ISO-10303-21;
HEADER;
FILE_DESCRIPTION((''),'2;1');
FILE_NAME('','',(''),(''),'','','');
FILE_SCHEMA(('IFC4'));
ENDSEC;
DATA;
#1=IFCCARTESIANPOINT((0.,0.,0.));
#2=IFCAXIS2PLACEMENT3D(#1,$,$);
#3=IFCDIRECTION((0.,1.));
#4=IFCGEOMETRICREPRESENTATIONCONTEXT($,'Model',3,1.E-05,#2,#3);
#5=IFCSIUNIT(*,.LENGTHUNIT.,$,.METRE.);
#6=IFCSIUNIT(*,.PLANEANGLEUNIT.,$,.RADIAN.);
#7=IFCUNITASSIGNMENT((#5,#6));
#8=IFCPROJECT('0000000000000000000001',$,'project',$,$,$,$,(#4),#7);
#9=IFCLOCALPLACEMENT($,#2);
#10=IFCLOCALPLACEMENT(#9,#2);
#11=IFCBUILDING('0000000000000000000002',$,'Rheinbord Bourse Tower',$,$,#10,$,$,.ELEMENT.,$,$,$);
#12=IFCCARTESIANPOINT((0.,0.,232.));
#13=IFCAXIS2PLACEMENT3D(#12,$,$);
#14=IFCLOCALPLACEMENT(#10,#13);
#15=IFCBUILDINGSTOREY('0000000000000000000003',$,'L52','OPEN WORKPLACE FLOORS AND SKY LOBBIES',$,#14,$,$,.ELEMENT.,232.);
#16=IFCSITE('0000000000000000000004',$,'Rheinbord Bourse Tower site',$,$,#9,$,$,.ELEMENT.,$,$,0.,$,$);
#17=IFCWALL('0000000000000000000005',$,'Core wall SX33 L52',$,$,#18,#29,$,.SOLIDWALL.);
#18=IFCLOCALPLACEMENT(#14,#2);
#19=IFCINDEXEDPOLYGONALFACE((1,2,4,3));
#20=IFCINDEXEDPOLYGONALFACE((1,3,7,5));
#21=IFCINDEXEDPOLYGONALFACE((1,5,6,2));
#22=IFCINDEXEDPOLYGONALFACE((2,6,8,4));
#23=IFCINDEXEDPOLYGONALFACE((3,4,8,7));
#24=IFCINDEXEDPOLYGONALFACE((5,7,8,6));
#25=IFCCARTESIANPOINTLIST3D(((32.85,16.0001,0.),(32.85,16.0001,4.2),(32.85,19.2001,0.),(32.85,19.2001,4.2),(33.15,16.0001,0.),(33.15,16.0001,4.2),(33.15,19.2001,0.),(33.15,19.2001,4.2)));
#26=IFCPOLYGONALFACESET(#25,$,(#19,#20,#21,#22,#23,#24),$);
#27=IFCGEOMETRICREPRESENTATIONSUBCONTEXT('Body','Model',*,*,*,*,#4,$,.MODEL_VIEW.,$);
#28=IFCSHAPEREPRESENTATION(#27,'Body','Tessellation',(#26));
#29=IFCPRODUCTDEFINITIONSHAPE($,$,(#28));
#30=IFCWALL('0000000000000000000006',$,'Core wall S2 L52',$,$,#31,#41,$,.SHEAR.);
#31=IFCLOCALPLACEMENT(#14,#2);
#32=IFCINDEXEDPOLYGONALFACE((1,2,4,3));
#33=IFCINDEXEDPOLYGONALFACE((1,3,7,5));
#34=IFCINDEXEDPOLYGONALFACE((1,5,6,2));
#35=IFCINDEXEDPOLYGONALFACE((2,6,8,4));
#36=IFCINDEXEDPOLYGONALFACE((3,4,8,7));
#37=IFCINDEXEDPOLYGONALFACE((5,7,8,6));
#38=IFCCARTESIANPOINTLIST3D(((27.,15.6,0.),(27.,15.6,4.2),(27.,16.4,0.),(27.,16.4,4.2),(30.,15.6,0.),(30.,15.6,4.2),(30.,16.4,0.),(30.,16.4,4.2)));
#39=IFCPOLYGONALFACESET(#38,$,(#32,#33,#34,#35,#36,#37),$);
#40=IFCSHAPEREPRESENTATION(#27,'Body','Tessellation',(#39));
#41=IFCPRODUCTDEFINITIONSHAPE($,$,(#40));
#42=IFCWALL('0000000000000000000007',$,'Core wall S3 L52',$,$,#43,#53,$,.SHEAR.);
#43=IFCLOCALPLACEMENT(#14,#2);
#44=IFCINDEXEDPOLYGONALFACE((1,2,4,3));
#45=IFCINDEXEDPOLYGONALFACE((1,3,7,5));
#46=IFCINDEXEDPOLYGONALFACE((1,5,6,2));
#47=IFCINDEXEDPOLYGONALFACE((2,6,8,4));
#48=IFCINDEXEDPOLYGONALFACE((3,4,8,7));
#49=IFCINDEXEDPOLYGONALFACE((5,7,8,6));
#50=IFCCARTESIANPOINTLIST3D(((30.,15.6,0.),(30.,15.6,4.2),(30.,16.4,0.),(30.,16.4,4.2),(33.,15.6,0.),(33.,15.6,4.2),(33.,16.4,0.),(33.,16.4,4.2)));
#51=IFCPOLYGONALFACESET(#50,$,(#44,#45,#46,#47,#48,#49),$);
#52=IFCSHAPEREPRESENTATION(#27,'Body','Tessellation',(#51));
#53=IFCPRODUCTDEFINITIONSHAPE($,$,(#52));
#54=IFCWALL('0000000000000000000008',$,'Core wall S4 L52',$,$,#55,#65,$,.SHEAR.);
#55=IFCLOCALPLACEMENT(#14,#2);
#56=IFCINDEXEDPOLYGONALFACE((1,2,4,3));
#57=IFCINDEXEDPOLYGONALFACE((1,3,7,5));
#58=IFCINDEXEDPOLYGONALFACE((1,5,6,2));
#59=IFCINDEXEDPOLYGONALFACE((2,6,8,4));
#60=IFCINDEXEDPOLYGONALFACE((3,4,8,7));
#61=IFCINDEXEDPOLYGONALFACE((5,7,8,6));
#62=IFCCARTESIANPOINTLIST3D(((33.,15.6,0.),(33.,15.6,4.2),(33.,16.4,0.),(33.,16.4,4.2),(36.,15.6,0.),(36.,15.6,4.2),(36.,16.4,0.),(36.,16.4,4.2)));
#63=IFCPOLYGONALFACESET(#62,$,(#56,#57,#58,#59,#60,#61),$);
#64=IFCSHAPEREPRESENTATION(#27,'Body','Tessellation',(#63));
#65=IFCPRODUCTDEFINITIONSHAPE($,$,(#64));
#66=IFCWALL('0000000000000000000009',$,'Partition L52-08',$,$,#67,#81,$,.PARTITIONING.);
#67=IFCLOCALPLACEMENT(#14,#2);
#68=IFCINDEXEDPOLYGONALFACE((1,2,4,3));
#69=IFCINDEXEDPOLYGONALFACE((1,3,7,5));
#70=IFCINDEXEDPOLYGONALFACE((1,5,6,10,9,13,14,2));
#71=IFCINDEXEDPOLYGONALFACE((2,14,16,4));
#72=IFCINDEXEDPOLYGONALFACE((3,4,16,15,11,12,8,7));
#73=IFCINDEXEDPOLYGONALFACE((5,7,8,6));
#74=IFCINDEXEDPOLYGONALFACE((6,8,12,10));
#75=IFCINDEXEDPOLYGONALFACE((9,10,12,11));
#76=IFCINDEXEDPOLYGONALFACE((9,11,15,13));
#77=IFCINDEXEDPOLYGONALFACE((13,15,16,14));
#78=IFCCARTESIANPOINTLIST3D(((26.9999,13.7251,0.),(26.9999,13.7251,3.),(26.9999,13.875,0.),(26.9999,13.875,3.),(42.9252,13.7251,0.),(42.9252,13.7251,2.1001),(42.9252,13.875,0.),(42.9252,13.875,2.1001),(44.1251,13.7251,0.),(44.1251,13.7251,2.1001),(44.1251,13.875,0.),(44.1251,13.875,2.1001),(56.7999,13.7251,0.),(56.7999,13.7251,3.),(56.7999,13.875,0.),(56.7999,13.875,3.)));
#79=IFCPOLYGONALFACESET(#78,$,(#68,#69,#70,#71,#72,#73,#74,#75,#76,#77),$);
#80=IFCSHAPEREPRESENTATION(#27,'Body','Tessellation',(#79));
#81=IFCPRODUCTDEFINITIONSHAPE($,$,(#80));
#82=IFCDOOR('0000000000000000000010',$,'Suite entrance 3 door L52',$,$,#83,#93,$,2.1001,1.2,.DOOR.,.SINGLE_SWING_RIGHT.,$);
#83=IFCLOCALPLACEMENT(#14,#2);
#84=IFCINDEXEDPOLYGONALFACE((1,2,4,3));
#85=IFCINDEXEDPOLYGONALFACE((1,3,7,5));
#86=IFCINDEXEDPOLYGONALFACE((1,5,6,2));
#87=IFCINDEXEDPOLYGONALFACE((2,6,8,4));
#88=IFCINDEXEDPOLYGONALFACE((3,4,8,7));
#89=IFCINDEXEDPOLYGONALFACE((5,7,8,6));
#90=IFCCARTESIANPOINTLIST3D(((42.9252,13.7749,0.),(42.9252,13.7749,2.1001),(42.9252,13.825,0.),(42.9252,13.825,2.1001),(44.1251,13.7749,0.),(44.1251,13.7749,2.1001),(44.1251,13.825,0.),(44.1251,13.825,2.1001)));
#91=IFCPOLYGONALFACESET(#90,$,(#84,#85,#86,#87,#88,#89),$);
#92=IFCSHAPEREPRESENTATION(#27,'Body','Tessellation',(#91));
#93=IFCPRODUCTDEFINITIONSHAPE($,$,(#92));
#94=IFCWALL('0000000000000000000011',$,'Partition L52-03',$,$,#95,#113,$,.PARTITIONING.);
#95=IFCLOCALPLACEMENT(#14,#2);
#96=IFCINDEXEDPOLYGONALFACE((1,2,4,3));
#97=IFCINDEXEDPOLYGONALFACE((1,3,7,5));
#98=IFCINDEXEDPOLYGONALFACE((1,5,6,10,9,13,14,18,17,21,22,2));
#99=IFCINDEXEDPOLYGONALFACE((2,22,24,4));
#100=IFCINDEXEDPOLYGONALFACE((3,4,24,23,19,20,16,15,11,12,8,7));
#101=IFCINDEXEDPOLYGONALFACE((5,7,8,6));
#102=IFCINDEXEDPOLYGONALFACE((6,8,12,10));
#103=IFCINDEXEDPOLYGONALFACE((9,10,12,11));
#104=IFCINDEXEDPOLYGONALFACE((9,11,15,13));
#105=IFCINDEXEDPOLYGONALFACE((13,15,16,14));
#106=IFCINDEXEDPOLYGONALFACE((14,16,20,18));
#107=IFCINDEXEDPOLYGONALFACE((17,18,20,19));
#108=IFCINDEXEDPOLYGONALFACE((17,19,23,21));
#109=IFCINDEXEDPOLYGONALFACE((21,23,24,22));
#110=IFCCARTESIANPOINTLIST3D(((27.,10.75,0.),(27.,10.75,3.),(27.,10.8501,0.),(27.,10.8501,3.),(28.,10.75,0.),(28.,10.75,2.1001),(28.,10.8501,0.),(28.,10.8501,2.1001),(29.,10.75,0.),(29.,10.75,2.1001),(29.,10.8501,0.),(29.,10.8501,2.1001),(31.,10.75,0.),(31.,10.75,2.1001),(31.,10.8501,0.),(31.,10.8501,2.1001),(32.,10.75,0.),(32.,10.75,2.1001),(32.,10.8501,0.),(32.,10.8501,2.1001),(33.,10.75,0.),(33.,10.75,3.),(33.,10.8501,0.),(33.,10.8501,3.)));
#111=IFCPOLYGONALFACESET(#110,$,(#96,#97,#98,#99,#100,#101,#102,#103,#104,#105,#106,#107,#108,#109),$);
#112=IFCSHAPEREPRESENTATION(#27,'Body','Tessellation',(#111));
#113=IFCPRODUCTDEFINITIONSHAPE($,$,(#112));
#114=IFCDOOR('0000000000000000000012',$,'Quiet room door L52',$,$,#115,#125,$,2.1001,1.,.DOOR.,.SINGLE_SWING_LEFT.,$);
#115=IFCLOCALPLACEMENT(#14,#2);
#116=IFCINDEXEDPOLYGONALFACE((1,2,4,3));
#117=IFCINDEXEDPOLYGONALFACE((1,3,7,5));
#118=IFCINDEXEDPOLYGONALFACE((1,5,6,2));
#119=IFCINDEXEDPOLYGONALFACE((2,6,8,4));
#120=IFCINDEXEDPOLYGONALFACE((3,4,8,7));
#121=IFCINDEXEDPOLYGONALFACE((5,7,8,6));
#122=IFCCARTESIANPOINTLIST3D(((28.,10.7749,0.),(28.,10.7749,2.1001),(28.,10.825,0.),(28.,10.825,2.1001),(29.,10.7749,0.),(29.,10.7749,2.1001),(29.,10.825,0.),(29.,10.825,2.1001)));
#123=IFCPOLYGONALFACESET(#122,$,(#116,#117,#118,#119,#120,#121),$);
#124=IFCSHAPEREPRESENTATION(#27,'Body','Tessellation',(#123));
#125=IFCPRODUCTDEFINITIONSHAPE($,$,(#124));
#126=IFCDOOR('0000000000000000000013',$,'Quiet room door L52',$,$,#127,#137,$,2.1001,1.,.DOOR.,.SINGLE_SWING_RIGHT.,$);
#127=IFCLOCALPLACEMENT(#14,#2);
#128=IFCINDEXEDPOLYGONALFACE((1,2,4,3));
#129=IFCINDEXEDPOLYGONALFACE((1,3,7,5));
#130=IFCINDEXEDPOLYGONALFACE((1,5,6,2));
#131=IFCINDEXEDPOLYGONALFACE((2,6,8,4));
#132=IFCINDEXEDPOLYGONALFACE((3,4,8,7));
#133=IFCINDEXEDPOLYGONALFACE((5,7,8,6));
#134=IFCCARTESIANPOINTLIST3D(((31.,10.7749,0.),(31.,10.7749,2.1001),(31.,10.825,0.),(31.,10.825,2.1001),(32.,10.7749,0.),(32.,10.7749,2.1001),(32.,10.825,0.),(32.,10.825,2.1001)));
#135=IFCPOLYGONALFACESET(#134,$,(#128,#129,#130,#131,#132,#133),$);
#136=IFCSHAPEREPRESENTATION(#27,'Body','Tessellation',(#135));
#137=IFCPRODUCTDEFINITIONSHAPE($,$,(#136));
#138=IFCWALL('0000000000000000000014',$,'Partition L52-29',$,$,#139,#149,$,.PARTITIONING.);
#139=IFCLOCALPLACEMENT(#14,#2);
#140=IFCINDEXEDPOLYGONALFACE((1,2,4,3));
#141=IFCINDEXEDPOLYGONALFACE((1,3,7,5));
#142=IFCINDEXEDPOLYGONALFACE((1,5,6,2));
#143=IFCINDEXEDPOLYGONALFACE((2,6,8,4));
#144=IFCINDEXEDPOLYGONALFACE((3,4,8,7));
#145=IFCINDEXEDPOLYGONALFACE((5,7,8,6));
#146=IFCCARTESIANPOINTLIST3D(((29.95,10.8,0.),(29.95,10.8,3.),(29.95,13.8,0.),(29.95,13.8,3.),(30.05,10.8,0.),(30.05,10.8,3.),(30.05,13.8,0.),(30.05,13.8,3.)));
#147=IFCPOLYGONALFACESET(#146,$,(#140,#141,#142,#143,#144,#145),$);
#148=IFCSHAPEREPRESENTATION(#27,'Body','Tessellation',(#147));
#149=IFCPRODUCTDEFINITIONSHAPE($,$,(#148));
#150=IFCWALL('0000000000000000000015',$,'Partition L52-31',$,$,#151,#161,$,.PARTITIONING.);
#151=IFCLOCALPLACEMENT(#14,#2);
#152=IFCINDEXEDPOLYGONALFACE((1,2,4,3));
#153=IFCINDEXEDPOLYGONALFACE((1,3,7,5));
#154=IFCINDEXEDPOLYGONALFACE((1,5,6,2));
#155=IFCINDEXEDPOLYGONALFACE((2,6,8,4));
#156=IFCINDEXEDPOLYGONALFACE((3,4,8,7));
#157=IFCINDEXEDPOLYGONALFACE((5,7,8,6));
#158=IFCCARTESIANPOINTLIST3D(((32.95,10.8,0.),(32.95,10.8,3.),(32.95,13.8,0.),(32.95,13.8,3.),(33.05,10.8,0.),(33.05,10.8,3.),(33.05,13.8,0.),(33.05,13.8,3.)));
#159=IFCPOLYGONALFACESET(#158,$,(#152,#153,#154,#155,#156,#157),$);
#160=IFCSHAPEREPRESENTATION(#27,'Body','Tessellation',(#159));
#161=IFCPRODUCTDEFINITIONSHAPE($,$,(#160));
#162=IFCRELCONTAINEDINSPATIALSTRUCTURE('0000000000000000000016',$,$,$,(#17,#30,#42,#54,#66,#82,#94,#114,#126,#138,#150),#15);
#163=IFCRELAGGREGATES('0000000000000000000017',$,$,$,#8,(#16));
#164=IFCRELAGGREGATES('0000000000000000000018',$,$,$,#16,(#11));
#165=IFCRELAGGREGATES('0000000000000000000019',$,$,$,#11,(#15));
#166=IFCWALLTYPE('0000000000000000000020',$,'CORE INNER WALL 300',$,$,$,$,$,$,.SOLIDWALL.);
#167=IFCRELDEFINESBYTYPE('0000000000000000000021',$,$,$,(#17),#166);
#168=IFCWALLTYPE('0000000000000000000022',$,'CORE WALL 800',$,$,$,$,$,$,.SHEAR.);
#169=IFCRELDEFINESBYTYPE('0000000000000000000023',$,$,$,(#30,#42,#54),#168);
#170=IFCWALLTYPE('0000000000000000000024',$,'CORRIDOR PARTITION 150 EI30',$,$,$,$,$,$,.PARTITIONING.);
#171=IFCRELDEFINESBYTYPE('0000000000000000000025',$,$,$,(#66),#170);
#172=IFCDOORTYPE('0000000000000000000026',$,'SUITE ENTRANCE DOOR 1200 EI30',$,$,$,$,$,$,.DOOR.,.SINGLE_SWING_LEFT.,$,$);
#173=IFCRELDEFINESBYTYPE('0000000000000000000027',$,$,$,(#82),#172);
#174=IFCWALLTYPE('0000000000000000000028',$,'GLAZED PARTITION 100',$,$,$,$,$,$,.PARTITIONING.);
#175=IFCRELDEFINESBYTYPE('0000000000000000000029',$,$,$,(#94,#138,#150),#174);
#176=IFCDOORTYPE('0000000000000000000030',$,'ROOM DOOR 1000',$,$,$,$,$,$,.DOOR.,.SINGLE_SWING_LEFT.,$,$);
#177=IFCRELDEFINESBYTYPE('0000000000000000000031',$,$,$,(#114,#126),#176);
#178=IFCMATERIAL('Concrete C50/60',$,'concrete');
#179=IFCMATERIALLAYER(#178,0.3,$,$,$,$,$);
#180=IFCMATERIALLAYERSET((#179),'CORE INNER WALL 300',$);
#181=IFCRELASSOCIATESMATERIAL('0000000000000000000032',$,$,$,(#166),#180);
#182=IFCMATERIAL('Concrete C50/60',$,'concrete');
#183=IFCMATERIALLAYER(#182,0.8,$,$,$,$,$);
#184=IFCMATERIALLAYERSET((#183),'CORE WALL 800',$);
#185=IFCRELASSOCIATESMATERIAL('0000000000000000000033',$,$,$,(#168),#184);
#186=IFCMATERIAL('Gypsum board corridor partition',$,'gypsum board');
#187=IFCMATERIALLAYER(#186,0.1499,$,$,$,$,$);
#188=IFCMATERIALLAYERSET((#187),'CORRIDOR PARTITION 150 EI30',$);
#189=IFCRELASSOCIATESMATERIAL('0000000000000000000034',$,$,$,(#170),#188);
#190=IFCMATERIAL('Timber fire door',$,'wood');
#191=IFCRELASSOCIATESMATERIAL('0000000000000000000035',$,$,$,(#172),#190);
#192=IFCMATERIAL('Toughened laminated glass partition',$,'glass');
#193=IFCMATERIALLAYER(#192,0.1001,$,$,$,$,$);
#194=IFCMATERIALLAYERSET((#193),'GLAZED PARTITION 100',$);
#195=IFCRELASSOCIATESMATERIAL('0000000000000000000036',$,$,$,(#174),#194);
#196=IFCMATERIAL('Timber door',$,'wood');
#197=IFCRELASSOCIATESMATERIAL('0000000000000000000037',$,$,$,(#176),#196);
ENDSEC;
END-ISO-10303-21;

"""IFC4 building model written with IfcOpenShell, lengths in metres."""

from ifc_helpers import new_model, si_unit, direction, frame, frame_2d, origin, place, context, subcontext, project, spatial, rectangle, extrude, material, layer, layer_set, type_object, element, fill, save


model = new_model("IFC4")

# Units and contexts
model_context = context("Model", 3, precision=1e-05, world=origin(), true_north=direction((0.0, 1.0)))
body_context = subcontext(model_context, "Body", "Model", "MODEL_VIEW")
ifc_project = project(units=[si_unit("LENGTHUNIT", "METRE"), si_unit("PLANEANGLEUNIT", "RADIAN")], contexts=[model_context])

# Site, building, storey
site_placement = place(None, origin())
site = spatial("IfcSite", under=ifc_project, at=site_placement, Name="Rheinbord Bourse Tower site", CompositionType="ELEMENT", RefElevation=0.0)
building_placement = place(site_placement, origin())
building = spatial("IfcBuilding", under=site, at=building_placement, Name="Rheinbord Bourse Tower", CompositionType="ELEMENT")
storey_placement = place(building_placement, frame((0.0, 0.0, 232.0)))
storey = spatial("IfcBuildingStorey", under=building, at=storey_placement, Name="L52", Description="OPEN WORKPLACE FLOORS AND SKY LOBBIES", CompositionType="ELEMENT", Elevation=232.0)

# Shared definitions
ifc_material_1 = material(Name="Concrete C50/60", Category="concrete")
ifc_layer_1 = layer(ifc_material_1, 0.3)
ifc_layer_set_1 = layer_set([ifc_layer_1], Name="CORE INNER WALL 300")
wall_type_1 = type_object("IfcWallType", Name="CORE INNER WALL 300", PredefinedType="SOLIDWALL", material=ifc_layer_set_1)

# Walls
for number, where, z_axis, x_axis, name in (
    (1, (33.0, 16.0, 0.0), (0.0, 0.0, 1.0), (0.0, 1.0, 0.0), "Core wall SX33 L52"),
):
    element("IfcWall", number, at=place(storey_placement, frame(where, z_axis=z_axis, x_axis=x_axis)), inside=storey, type_object=wall_type_1, Name=name, PredefinedType="SOLIDWALL", context=body_context, shape_type="SweptSolid", body=[
        extrude(rectangle(XDim=3.2, YDim=0.3, at=frame_2d((1.6001, 0.0))), origin(), (0.0, 0.0, 1.0), 4.2),
    ])
ifc_material_2 = material(Name="Concrete C50/60", Category="concrete")
ifc_layer_2 = layer(ifc_material_2, 0.8)
ifc_layer_set_2 = layer_set([ifc_layer_2], Name="CORE WALL 800")
wall_type_2 = type_object("IfcWallType", Name="CORE WALL 800", PredefinedType="SHEAR", material=ifc_layer_set_2)
for number, where, z_axis, x_axis, name in (
    (2, (27.0, 16.0, 0.0), (0.0, 0.0, 1.0), (1.0, 0.0, 0.0), "Core wall S2 L52"),
    (3, (30.0, 16.0, 0.0), (0.0, 0.0, 1.0), (1.0, 0.0, 0.0), "Core wall S3 L52"),
    (4, (33.0, 16.0, 0.0), (0.0, 0.0, 1.0), (1.0, 0.0, 0.0), "Core wall S4 L52"),
):
    element("IfcWall", number, at=place(storey_placement, frame(where, z_axis=z_axis, x_axis=x_axis)), inside=storey, type_object=wall_type_2, Name=name, PredefinedType="SHEAR", context=body_context, shape_type="SweptSolid", body=[
        extrude(rectangle(XDim=3.0, YDim=0.8, at=frame_2d((1.5, 0.0))), origin(), (0.0, 0.0, 1.0), 4.2),
    ])

# Wall, opening, door
ifc_material_3 = material(Name="Gypsum board corridor partition", Category="gypsum board")
ifc_layer_3 = layer(ifc_material_3, 0.1499)
ifc_layer_set_3 = layer_set([ifc_layer_3], Name="CORRIDOR PARTITION 150 EI30")
wall_type_3 = type_object("IfcWallType", Name="CORRIDOR PARTITION 150 EI30", PredefinedType="PARTITIONING", material=ifc_layer_set_3)
wall_1_placement = place(storey_placement, frame((27.0, 13.8, 0.0), z_axis=(0.0, 0.0, 1.0), x_axis=(1.0, 0.0, 0.0)))
wall_1 = element("IfcWall", 5, at=wall_1_placement, inside=storey, type_object=wall_type_3, Name="Partition L52-08", PredefinedType="PARTITIONING", context=body_context, shape_type="SweptSolid", body=[
    extrude(rectangle(XDim=29.8, YDim=0.1499, at=frame_2d((14.8999, 0.0))), origin(), (0.0, 0.0, 1.0), 3.0),
])
opening_1_placement = place(wall_1_placement, frame((15.925, 0.0, 0.0)))
opening_1 = element("IfcOpeningElement", 6, at=opening_1_placement, cuts=wall_1, PredefinedType="OPENING", context=body_context, shape_type="SweptSolid", body=[
    extrude(rectangle(XDim=1.2, YDim=2.1001, at=frame_2d((0.6001, 1.05))), frame((0.0, 0.085, 0.0), z_axis=(0.0, -1.0, 0.0), x_axis=(1.0, 0.0, 0.0)), (0.0, 0.0, 1.0), 0.1699),
])
ifc_material_4 = material(Name="Timber fire door", Category="wood")
door_type_1 = type_object("IfcDoorType", Name="SUITE ENTRANCE DOOR 1200 EI30", OperationType="SINGLE_SWING_LEFT", PredefinedType="DOOR", material=ifc_material_4)
door_1_placement = place(opening_1_placement, origin())
door_1 = element("IfcDoor", 7, at=door_1_placement, inside=storey, type_object=door_type_1, Name="Suite entrance 3 door L52", OperationType="SINGLE_SWING_RIGHT", OverallHeight=2.1001, OverallWidth=1.2, PredefinedType="DOOR", context=body_context, shape_type="SweptSolid", body=[
    extrude(rectangle(XDim=1.2, YDim=2.1001, at=frame_2d((0.6001, 1.05))), frame((0.0, 0.0249, 0.0), z_axis=(0.0, -1.0, 0.0), x_axis=(1.0, 0.0, 0.0)), (0.0, 0.0, 1.0), 0.05),
])
fill(opening_1, door_1)

# Wall, openings, doors
ifc_material_5 = material(Name="Toughened laminated glass partition", Category="glass")
ifc_layer_4 = layer(ifc_material_5, 0.1001)
ifc_layer_set_4 = layer_set([ifc_layer_4], Name="GLAZED PARTITION 100")
wall_type_4 = type_object("IfcWallType", Name="GLAZED PARTITION 100", PredefinedType="PARTITIONING", material=ifc_layer_set_4)
wall_2_placement = place(storey_placement, frame((27.0, 10.8, 0.0), z_axis=(0.0, 0.0, 1.0), x_axis=(1.0, 0.0, 0.0)))
wall_2 = element("IfcWall", 8, at=wall_2_placement, inside=storey, type_object=wall_type_4, Name="Partition L52-03", PredefinedType="PARTITIONING", context=body_context, shape_type="SweptSolid", body=[
    extrude(rectangle(XDim=6.0, YDim=0.1001, at=frame_2d((3.0, 0.0))), origin(), (0.0, 0.0, 1.0), 3.0),
])
opening_2_placement = place(wall_2_placement, frame((1.0, 0.0, 0.0)))
opening_2 = element("IfcOpeningElement", 9, at=opening_2_placement, cuts=wall_2, PredefinedType="OPENING", context=body_context, shape_type="SweptSolid", body=[
    extrude(rectangle(XDim=1.0, YDim=2.1001, at=frame_2d((0.5, 1.05))), frame((0.0, 0.0601, 0.0), z_axis=(0.0, -1.0, 0.0), x_axis=(1.0, 0.0, 0.0)), (0.0, 0.0, 1.0), 0.1201),
])
opening_3_placement = place(wall_2_placement, frame((4.0, 0.0, 0.0)))
opening_3 = element("IfcOpeningElement", 10, at=opening_3_placement, cuts=wall_2, PredefinedType="OPENING", context=body_context, shape_type="SweptSolid", body=[
    extrude(rectangle(XDim=1.0, YDim=2.1001, at=frame_2d((0.5, 1.05))), frame((0.0, 0.0601, 0.0), z_axis=(0.0, -1.0, 0.0), x_axis=(1.0, 0.0, 0.0)), (0.0, 0.0, 1.0), 0.1201),
])
ifc_material_6 = material(Name="Timber door", Category="wood")
door_type_2 = type_object("IfcDoorType", Name="ROOM DOOR 1000", OperationType="SINGLE_SWING_LEFT", PredefinedType="DOOR", material=ifc_material_6)
door_2_placement = place(opening_2_placement, origin())
door_2 = element("IfcDoor", 11, at=door_2_placement, inside=storey, type_object=door_type_2, Name="Quiet room door L52", OperationType="SINGLE_SWING_LEFT", OverallHeight=2.1001, OverallWidth=1.0, PredefinedType="DOOR", context=body_context, shape_type="SweptSolid", body=[
    extrude(rectangle(XDim=1.0, YDim=2.1001, at=frame_2d((0.5, 1.05))), frame((0.0, 0.0249, 0.0), z_axis=(0.0, -1.0, 0.0), x_axis=(1.0, 0.0, 0.0)), (0.0, 0.0, 1.0), 0.05),
])
fill(opening_2, door_2)
door_3_placement = place(opening_3_placement, origin())
door_3 = element("IfcDoor", 12, at=door_3_placement, inside=storey, type_object=door_type_2, Name="Quiet room door L52", OperationType="SINGLE_SWING_RIGHT", OverallHeight=2.1001, OverallWidth=1.0, PredefinedType="DOOR", context=body_context, shape_type="SweptSolid", body=[
    extrude(rectangle(XDim=1.0, YDim=2.1001, at=frame_2d((0.5, 1.05))), frame((0.0, 0.0249, 0.0), z_axis=(0.0, -1.0, 0.0), x_axis=(1.0, 0.0, 0.0)), (0.0, 0.0, 1.0), 0.05),
])
fill(opening_3, door_3)

# Walls
for number, where, z_axis, x_axis, name in (
    (13, (30.0, 10.8, 0.0), (0.0, 0.0, 1.0), (0.0, 1.0, 0.0), "Partition L52-29"),
    (14, (33.0, 10.8, 0.0), (0.0, 0.0, 1.0), (0.0, 1.0, 0.0), "Partition L52-31"),
):
    element("IfcWall", number, at=place(storey_placement, frame(where, z_axis=z_axis, x_axis=x_axis)), inside=storey, type_object=wall_type_4, Name=name, PredefinedType="PARTITIONING", context=body_context, shape_type="SweptSolid", body=[
        extrude(rectangle(XDim=3.0, YDim=0.1001, at=frame_2d((1.5, 0.0))), origin(), (0.0, 0.0, 1.0), 3.0),
    ])

save(model, "model.ifc")
